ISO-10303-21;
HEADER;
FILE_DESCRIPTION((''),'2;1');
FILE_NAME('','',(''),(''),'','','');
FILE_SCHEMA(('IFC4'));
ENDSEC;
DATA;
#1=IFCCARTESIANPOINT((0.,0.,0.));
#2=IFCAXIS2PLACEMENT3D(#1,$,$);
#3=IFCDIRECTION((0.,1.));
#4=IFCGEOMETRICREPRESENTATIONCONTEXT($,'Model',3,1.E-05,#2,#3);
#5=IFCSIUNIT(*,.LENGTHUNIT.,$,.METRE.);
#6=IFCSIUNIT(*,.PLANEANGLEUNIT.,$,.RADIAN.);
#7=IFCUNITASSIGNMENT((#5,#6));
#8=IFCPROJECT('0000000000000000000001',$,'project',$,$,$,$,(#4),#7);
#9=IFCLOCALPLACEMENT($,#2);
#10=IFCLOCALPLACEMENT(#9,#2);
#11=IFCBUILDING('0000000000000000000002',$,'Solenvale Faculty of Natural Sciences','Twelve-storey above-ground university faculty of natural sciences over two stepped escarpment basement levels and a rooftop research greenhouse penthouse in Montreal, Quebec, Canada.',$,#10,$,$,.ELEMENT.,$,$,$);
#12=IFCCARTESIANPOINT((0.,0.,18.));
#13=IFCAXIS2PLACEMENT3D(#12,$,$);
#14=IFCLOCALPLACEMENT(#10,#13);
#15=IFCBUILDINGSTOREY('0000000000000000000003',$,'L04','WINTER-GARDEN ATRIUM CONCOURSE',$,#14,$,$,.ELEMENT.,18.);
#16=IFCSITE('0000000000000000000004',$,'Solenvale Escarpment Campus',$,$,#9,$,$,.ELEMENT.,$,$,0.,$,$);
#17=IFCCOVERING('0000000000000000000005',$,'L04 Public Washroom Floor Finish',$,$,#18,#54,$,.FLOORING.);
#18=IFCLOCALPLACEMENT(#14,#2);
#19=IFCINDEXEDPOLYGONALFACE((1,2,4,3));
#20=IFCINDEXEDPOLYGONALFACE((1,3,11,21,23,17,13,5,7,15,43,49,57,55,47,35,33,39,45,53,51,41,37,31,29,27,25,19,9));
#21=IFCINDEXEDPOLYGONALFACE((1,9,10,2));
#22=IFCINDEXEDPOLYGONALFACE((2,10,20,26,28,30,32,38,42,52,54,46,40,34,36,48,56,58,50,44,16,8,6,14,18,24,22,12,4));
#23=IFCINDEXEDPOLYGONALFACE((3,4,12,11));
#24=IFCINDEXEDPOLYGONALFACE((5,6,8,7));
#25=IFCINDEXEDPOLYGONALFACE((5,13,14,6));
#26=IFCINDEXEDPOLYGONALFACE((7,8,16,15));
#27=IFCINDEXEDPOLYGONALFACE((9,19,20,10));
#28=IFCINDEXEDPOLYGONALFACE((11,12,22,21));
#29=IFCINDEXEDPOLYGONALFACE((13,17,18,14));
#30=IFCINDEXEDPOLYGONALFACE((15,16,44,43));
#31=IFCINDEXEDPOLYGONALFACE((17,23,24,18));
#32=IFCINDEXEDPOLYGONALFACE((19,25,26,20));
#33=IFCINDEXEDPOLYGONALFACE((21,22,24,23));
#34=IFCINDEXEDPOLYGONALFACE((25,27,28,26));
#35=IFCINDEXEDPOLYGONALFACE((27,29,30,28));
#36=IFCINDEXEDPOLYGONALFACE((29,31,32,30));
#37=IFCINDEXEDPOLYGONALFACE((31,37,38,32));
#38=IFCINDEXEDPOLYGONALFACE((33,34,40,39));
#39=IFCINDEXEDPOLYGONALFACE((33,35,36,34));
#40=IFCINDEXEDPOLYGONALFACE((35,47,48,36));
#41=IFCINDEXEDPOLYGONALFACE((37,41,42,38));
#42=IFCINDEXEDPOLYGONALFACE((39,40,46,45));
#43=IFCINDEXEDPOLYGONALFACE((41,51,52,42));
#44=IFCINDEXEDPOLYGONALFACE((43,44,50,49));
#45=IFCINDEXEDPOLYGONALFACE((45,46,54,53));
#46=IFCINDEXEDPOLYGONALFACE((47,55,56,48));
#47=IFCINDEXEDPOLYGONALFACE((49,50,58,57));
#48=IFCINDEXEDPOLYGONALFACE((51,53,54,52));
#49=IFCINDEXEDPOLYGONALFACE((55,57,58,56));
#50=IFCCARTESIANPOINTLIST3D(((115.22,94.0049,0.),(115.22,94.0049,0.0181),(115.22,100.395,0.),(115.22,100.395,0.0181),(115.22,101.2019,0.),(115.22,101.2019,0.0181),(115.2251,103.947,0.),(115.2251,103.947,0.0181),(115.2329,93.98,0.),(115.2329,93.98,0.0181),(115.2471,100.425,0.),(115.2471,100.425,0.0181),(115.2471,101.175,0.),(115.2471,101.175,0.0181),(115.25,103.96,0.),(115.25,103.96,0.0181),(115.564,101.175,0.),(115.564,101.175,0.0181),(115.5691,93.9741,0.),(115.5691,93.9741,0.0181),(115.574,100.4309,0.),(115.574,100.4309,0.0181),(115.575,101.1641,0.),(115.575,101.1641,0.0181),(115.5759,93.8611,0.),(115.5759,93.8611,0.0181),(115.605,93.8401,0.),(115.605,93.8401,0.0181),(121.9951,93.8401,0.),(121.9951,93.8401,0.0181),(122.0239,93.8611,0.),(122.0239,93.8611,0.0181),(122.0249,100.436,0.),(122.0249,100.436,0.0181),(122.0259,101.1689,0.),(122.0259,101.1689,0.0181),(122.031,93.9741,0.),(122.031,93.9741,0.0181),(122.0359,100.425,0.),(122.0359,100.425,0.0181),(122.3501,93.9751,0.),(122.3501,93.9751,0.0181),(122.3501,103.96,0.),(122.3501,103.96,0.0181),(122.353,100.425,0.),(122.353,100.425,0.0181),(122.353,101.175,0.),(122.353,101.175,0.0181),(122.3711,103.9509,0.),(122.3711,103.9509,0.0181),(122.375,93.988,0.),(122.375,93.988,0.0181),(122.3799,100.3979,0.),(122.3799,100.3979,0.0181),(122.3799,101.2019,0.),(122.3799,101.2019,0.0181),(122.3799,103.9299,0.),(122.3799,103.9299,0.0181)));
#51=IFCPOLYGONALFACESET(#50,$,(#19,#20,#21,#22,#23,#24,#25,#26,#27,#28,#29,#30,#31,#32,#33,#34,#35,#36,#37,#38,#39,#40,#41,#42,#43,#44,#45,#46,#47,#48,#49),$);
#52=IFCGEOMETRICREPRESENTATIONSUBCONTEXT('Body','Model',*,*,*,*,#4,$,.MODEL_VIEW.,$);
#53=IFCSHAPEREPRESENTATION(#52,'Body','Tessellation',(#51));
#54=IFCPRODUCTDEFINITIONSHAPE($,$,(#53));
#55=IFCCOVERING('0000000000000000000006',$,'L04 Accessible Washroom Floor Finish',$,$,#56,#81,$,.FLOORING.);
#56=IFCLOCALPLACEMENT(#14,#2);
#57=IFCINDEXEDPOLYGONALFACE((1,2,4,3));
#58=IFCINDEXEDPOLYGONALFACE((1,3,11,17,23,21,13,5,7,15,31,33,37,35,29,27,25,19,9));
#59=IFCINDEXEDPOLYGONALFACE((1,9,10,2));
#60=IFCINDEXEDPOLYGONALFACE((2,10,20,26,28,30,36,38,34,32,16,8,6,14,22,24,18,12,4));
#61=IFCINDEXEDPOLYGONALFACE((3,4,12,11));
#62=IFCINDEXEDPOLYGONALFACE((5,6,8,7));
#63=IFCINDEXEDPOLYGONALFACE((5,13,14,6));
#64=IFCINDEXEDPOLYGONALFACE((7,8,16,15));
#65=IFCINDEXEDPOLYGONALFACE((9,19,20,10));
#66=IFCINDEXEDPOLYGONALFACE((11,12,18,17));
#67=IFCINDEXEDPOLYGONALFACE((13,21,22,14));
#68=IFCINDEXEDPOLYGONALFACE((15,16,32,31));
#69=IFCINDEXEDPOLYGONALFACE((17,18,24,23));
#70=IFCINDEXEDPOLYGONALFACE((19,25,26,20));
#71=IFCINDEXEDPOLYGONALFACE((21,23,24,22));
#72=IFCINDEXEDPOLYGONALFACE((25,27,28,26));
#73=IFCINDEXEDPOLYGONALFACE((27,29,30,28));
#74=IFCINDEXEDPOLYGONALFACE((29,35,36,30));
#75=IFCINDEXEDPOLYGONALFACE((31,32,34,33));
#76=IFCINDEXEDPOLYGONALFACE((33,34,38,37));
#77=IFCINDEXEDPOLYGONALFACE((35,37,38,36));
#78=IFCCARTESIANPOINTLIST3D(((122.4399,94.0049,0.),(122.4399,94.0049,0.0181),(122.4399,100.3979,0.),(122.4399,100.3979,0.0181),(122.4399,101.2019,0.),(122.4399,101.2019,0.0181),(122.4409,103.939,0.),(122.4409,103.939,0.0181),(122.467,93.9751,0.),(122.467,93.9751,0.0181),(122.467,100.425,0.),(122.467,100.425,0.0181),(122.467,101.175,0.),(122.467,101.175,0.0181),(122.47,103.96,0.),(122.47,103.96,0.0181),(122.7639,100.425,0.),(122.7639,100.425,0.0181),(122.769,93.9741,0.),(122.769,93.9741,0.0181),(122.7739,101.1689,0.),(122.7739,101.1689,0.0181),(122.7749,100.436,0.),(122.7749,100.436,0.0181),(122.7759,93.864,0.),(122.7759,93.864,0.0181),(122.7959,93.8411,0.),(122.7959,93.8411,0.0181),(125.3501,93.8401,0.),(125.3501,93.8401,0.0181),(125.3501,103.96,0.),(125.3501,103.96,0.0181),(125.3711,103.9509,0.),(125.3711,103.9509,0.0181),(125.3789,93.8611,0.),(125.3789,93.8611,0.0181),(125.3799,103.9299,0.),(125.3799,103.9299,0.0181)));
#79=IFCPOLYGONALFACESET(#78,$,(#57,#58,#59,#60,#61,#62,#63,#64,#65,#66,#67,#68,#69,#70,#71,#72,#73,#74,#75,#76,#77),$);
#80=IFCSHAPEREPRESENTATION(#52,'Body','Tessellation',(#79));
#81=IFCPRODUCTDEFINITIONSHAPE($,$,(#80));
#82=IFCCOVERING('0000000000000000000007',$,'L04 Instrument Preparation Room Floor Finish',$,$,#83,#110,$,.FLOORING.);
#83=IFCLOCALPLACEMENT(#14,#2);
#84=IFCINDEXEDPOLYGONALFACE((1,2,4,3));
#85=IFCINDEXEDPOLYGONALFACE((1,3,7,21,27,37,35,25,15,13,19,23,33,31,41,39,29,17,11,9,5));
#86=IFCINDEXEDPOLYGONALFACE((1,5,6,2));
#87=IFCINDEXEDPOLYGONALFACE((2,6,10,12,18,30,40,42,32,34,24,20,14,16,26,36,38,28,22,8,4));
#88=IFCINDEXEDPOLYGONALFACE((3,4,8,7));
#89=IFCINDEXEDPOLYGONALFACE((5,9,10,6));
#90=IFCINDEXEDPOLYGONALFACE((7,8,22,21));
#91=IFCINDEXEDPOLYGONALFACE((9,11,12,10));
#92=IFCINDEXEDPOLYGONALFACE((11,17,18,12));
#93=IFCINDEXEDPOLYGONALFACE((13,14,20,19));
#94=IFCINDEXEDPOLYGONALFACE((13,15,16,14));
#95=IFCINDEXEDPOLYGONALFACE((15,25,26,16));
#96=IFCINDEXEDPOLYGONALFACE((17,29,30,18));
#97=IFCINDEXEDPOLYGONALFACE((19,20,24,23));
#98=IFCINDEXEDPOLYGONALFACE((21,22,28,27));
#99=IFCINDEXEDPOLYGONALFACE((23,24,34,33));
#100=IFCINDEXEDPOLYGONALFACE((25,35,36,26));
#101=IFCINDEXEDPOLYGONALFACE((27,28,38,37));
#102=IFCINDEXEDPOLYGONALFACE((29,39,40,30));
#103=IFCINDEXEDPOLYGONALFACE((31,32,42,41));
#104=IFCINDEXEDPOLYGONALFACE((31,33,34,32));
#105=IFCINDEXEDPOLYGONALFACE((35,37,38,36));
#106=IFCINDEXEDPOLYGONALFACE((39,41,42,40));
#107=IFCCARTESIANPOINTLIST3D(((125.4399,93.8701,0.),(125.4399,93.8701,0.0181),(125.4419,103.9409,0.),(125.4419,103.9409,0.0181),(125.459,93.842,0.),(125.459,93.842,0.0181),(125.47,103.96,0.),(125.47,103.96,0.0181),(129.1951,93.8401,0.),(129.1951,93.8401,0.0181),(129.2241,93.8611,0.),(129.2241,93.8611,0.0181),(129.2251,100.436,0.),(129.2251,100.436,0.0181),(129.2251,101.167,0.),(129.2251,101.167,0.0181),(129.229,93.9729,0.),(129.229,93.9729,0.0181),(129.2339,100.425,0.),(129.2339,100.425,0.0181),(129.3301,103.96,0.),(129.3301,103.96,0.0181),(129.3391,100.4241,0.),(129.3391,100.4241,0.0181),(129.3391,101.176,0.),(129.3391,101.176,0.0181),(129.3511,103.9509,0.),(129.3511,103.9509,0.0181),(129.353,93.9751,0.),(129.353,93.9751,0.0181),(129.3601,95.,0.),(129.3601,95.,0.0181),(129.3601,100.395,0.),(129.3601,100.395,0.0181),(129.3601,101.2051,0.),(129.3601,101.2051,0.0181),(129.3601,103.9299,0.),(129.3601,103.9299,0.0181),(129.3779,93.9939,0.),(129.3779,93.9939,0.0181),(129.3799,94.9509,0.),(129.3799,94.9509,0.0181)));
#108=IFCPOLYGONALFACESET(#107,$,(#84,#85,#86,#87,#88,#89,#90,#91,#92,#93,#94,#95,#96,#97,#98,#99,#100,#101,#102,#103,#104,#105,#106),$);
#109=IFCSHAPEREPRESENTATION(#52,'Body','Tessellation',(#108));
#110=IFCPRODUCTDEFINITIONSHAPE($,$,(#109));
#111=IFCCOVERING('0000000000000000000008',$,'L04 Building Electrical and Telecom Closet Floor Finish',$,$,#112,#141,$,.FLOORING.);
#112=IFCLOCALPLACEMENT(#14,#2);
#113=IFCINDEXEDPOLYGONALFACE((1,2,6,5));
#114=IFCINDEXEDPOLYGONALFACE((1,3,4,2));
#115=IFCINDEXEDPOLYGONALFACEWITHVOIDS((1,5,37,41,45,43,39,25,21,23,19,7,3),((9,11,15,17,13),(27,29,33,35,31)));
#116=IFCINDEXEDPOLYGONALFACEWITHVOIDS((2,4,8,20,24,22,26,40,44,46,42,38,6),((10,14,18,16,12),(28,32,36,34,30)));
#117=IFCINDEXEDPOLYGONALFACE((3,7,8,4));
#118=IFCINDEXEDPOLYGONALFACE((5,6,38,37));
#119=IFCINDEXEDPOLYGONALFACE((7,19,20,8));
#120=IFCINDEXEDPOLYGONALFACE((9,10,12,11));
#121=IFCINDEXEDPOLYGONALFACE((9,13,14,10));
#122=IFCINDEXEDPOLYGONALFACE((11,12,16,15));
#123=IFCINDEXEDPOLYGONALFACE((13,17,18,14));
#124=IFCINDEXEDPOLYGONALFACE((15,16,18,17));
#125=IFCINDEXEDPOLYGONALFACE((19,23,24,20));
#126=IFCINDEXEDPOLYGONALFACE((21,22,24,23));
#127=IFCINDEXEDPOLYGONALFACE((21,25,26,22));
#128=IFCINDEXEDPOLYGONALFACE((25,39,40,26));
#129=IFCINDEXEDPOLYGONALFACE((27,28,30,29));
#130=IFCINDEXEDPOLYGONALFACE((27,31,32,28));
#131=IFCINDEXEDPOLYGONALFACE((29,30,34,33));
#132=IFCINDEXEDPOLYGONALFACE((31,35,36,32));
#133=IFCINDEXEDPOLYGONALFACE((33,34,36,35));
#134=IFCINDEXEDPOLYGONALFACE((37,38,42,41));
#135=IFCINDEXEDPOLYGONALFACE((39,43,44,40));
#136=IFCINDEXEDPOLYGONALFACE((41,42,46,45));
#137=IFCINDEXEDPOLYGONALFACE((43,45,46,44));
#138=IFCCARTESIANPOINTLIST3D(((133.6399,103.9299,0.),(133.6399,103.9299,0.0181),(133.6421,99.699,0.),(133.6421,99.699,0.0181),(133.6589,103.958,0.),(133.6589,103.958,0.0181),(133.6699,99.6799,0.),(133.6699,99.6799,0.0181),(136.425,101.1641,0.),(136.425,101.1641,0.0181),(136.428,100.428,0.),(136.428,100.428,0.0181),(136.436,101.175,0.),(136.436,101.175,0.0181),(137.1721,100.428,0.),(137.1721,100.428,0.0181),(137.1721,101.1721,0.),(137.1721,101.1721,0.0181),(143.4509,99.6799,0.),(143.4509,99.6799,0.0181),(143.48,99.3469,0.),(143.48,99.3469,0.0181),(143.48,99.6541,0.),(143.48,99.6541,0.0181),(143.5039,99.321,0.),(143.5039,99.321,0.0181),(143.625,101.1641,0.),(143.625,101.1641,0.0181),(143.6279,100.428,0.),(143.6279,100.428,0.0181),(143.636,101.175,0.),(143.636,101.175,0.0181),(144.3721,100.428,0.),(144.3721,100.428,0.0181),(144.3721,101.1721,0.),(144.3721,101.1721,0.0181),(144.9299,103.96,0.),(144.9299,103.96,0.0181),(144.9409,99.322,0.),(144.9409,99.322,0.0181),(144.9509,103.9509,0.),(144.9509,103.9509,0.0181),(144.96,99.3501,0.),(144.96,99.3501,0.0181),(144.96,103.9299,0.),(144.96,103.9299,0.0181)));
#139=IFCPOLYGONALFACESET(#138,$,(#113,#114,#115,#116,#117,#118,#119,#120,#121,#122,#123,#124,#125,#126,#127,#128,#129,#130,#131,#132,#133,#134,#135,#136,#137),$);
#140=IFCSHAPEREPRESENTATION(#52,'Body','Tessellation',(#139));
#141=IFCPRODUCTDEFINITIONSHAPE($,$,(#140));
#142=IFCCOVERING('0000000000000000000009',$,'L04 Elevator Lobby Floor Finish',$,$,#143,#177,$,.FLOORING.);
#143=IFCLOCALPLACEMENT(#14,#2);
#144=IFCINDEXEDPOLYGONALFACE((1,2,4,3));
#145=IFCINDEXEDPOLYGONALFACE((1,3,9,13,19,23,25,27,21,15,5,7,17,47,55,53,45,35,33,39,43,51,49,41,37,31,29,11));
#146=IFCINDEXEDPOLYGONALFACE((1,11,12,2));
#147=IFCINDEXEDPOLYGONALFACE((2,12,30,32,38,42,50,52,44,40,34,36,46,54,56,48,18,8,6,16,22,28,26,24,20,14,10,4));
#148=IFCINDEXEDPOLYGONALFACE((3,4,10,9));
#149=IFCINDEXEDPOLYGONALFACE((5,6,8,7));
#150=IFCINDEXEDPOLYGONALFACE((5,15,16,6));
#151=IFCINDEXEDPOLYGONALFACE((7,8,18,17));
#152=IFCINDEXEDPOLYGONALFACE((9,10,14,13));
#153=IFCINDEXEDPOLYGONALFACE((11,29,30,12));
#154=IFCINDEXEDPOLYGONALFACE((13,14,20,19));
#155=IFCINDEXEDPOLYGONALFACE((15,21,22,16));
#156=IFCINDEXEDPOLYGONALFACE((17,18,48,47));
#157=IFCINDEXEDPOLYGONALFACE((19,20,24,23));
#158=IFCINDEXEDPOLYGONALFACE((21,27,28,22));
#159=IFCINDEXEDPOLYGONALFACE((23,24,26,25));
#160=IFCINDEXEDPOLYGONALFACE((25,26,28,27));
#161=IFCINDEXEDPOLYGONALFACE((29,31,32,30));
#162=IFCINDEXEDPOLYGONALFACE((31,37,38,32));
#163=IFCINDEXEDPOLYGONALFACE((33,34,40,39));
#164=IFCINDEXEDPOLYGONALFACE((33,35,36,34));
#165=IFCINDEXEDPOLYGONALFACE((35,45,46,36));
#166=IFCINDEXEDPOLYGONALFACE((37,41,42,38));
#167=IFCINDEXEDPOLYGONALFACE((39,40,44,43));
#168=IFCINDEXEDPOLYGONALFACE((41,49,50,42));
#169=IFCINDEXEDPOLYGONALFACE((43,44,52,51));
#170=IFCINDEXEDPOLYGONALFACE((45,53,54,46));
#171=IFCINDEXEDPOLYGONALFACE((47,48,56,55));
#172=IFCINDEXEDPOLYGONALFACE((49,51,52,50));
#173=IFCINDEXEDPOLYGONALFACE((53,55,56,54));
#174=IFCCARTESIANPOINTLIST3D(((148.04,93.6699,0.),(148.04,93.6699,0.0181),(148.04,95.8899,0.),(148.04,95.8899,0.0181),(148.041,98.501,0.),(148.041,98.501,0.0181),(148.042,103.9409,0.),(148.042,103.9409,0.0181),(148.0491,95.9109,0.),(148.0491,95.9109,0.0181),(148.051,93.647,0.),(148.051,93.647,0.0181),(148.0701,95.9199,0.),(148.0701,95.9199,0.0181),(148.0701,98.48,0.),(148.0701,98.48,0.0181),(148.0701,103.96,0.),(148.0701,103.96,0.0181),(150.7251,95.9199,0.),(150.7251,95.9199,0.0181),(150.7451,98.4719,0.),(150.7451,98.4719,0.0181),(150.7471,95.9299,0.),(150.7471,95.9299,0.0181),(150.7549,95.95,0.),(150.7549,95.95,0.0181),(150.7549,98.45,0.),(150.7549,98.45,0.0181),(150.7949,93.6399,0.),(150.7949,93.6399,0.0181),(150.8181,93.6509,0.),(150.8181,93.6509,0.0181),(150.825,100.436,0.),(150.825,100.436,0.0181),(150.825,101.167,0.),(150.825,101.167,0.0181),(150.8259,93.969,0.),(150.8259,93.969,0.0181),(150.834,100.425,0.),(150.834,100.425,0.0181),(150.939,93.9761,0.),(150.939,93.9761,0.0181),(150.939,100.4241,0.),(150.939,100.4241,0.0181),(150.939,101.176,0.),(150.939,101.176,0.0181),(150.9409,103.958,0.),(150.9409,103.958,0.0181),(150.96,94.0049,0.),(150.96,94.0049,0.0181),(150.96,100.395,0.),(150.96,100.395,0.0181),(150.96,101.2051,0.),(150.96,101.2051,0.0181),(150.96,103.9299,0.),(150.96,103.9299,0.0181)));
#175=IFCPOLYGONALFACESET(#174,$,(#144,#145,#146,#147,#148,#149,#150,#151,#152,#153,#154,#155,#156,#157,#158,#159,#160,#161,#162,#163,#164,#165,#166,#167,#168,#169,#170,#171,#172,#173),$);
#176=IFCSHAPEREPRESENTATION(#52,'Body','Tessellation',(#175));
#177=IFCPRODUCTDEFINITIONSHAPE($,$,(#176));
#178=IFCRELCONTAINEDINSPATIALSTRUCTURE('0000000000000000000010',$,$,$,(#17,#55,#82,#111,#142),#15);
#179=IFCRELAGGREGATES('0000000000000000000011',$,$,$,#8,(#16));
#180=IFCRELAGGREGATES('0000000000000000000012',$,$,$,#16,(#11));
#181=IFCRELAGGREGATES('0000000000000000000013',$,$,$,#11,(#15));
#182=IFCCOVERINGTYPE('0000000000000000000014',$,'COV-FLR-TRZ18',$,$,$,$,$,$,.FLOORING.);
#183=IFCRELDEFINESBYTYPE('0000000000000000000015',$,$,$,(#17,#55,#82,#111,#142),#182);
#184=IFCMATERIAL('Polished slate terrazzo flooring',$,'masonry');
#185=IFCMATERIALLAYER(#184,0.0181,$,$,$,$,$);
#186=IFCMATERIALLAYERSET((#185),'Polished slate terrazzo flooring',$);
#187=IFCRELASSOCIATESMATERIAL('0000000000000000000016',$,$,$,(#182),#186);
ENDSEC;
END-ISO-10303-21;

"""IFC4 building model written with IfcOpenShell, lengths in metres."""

from ifc_helpers import new_model, si_unit, direction, frame, origin, place, context, subcontext, project, spatial, polyline, outline, extrude, material, layer, layer_set, type_object, element, save


model = new_model("IFC4")

# Units and contexts
model_context = context("Model", 3, precision=1e-05, world=origin(), true_north=direction((0.0, 1.0)))
body_context = subcontext(model_context, "Body", "Model", "MODEL_VIEW")
ifc_project = project(units=[si_unit("LENGTHUNIT", "METRE"), si_unit("PLANEANGLEUNIT", "RADIAN")], contexts=[model_context])

# Site, building, storey
site_placement = place(None, origin())
site = spatial("IfcSite", under=ifc_project, at=site_placement, Name="Solenvale Escarpment Campus", CompositionType="ELEMENT", RefElevation=0.0)
building_placement = place(site_placement, origin())
building = spatial("IfcBuilding", under=site, at=building_placement, Name="Solenvale Faculty of Natural Sciences", Description="Twelve-storey above-ground university faculty of natural sciences over two stepped escarpment basement levels and a rooftop research greenhouse penthouse in Montreal, Quebec, Canada.", CompositionType="ELEMENT")
storey_placement = place(building_placement, frame((0.0, 0.0, 18.0)))
storey = spatial("IfcBuildingStorey", under=building, at=storey_placement, Name="L04", Description="WINTER-GARDEN ATRIUM CONCOURSE", CompositionType="ELEMENT", Elevation=18.0)

# Coverings
ifc_material_1 = material(Name="Polished slate terrazzo flooring", Category="masonry")
ifc_layer_1 = layer(ifc_material_1, 0.0181)
ifc_layer_set_1 = layer_set([ifc_layer_1], Name="Polished slate terrazzo flooring")
covering_type_1 = type_object("IfcCoveringType", Name="COV-FLR-TRZ18", PredefinedType="FLOORING", material=ifc_layer_set_1)
covering_1_placement = place(storey_placement, origin())
element("IfcCovering", 1, at=covering_1_placement, inside=storey, type_object=covering_type_1, Name="L04 Public Washroom Floor Finish", PredefinedType="FLOORING", context=body_context, shape_type="SweptSolid", body=[
    extrude(outline(polyline([(122.3501, 103.96), (122.3711, 103.9509), (122.3799, 103.9299), (122.3799, 101.2019), (122.353, 101.175), (122.0259, 101.1689), (122.0249, 100.436), (122.0359, 100.425), (122.353, 100.425), (122.3799, 100.3979), (122.375, 93.988), (122.3501, 93.9751), (122.031, 93.9741), (122.0239, 93.8611), (121.9951, 93.8401), (115.605, 93.8401), (115.5759, 93.8611), (115.5691, 93.9741), (115.2329, 93.98), (115.22, 94.0049), (115.22, 100.395), (115.2471, 100.425), (115.574, 100.4309), (115.575, 101.1641), (115.564, 101.175), (115.2471, 101.175), (115.22, 101.2019), (115.2251, 103.947), (115.25, 103.96), (122.3501, 103.96)])), origin(), (0.0, 0.0, 1.0), 0.0181),
])
covering_2_placement = place(storey_placement, origin())
element("IfcCovering", 2, at=covering_2_placement, inside=storey, type_object=covering_type_1, Name="L04 Accessible Washroom Floor Finish", PredefinedType="FLOORING", context=body_context, shape_type="SweptSolid", body=[
    extrude(outline(polyline([(125.3501, 103.96), (125.3711, 103.9509), (125.3799, 103.9299), (125.3789, 93.8611), (125.3501, 93.8401), (122.7959, 93.8411), (122.7759, 93.864), (122.769, 93.9741), (122.467, 93.9751), (122.4399, 94.0049), (122.4399, 100.3979), (122.467, 100.425), (122.7639, 100.425), (122.7749, 100.436), (122.7739, 101.1689), (122.467, 101.175), (122.4399, 101.2019), (122.4409, 103.939), (122.47, 103.96), (125.3501, 103.96)])), origin(), (0.0, 0.0, 1.0), 0.0181),
])
covering_3_placement = place(storey_placement, origin())
element("IfcCovering", 3, at=covering_3_placement, inside=storey, type_object=covering_type_1, Name="L04 Instrument Preparation Room Floor Finish", PredefinedType="FLOORING", context=body_context, shape_type="SweptSolid", body=[
    extrude(outline(polyline([(129.3301, 103.96), (129.3511, 103.9509), (129.3601, 103.9299), (129.3601, 101.2051), (129.3391, 101.176), (129.2251, 101.167), (129.2251, 100.436), (129.2339, 100.425), (129.3391, 100.4241), (129.3601, 100.395), (129.3601, 95.0), (129.3799, 94.9509), (129.3779, 93.9939), (129.353, 93.9751), (129.229, 93.9729), (129.2241, 93.8611), (129.1951, 93.8401), (125.459, 93.842), (125.4399, 93.8701), (125.4419, 103.9409), (125.47, 103.96), (129.3301, 103.96)])), origin(), (0.0, 0.0, 1.0), 0.0181),
])
covering_4_placement = place(storey_placement, origin())
element("IfcCovering", 4, at=covering_4_placement, inside=storey, type_object=covering_type_1, Name="L04 Building Electrical and Telecom Closet Floor Finish", PredefinedType="FLOORING", context=body_context, shape_type="SweptSolid", body=[
    extrude(outline(polyline([(144.9299, 103.96), (144.9509, 103.9509), (144.96, 103.9299), (144.96, 99.3501), (144.9409, 99.322), (143.5039, 99.321), (143.48, 99.3469), (143.48, 99.6541), (143.4509, 99.6799), (133.6699, 99.6799), (133.6421, 99.699), (133.6399, 103.9299), (133.6589, 103.958), (144.9299, 103.96)]), holes=[polyline([(143.636, 101.175), (143.625, 101.1641), (143.6279, 100.428), (144.3721, 100.428), (144.3721, 101.1721), (143.636, 101.175)]), polyline([(136.436, 101.175), (136.425, 101.1641), (136.428, 100.428), (137.1721, 100.428), (137.1721, 101.1721), (136.436, 101.175)])]), origin(), (0.0, 0.0, 1.0), 0.0181),
])
covering_5_placement = place(storey_placement, origin())
element("IfcCovering", 5, at=covering_5_placement, inside=storey, type_object=covering_type_1, Name="L04 Elevator Lobby Floor Finish", PredefinedType="FLOORING", context=body_context, shape_type="SweptSolid", body=[
    extrude(outline(polyline([(148.04, 95.8899), (148.0491, 95.9109), (148.0701, 95.9199), (150.7251, 95.9199), (150.7471, 95.9299), (150.7549, 95.95), (150.7549, 98.45), (150.7451, 98.4719), (148.0701, 98.48), (148.041, 98.501), (148.042, 103.9409), (148.0701, 103.96), (150.9409, 103.958), (150.96, 103.9299), (150.96, 101.2051), (150.939, 101.176), (150.825, 101.167), (150.825, 100.436), (150.834, 100.425), (150.939, 100.4241), (150.96, 100.395), (150.96, 94.0049), (150.939, 93.9761), (150.8259, 93.969), (150.8181, 93.6509), (150.7949, 93.6399), (148.051, 93.647), (148.04, 93.6699), (148.04, 95.8899)])), origin(), (0.0, 0.0, 1.0), 0.0181),
])

save(model, "model.ifc")
